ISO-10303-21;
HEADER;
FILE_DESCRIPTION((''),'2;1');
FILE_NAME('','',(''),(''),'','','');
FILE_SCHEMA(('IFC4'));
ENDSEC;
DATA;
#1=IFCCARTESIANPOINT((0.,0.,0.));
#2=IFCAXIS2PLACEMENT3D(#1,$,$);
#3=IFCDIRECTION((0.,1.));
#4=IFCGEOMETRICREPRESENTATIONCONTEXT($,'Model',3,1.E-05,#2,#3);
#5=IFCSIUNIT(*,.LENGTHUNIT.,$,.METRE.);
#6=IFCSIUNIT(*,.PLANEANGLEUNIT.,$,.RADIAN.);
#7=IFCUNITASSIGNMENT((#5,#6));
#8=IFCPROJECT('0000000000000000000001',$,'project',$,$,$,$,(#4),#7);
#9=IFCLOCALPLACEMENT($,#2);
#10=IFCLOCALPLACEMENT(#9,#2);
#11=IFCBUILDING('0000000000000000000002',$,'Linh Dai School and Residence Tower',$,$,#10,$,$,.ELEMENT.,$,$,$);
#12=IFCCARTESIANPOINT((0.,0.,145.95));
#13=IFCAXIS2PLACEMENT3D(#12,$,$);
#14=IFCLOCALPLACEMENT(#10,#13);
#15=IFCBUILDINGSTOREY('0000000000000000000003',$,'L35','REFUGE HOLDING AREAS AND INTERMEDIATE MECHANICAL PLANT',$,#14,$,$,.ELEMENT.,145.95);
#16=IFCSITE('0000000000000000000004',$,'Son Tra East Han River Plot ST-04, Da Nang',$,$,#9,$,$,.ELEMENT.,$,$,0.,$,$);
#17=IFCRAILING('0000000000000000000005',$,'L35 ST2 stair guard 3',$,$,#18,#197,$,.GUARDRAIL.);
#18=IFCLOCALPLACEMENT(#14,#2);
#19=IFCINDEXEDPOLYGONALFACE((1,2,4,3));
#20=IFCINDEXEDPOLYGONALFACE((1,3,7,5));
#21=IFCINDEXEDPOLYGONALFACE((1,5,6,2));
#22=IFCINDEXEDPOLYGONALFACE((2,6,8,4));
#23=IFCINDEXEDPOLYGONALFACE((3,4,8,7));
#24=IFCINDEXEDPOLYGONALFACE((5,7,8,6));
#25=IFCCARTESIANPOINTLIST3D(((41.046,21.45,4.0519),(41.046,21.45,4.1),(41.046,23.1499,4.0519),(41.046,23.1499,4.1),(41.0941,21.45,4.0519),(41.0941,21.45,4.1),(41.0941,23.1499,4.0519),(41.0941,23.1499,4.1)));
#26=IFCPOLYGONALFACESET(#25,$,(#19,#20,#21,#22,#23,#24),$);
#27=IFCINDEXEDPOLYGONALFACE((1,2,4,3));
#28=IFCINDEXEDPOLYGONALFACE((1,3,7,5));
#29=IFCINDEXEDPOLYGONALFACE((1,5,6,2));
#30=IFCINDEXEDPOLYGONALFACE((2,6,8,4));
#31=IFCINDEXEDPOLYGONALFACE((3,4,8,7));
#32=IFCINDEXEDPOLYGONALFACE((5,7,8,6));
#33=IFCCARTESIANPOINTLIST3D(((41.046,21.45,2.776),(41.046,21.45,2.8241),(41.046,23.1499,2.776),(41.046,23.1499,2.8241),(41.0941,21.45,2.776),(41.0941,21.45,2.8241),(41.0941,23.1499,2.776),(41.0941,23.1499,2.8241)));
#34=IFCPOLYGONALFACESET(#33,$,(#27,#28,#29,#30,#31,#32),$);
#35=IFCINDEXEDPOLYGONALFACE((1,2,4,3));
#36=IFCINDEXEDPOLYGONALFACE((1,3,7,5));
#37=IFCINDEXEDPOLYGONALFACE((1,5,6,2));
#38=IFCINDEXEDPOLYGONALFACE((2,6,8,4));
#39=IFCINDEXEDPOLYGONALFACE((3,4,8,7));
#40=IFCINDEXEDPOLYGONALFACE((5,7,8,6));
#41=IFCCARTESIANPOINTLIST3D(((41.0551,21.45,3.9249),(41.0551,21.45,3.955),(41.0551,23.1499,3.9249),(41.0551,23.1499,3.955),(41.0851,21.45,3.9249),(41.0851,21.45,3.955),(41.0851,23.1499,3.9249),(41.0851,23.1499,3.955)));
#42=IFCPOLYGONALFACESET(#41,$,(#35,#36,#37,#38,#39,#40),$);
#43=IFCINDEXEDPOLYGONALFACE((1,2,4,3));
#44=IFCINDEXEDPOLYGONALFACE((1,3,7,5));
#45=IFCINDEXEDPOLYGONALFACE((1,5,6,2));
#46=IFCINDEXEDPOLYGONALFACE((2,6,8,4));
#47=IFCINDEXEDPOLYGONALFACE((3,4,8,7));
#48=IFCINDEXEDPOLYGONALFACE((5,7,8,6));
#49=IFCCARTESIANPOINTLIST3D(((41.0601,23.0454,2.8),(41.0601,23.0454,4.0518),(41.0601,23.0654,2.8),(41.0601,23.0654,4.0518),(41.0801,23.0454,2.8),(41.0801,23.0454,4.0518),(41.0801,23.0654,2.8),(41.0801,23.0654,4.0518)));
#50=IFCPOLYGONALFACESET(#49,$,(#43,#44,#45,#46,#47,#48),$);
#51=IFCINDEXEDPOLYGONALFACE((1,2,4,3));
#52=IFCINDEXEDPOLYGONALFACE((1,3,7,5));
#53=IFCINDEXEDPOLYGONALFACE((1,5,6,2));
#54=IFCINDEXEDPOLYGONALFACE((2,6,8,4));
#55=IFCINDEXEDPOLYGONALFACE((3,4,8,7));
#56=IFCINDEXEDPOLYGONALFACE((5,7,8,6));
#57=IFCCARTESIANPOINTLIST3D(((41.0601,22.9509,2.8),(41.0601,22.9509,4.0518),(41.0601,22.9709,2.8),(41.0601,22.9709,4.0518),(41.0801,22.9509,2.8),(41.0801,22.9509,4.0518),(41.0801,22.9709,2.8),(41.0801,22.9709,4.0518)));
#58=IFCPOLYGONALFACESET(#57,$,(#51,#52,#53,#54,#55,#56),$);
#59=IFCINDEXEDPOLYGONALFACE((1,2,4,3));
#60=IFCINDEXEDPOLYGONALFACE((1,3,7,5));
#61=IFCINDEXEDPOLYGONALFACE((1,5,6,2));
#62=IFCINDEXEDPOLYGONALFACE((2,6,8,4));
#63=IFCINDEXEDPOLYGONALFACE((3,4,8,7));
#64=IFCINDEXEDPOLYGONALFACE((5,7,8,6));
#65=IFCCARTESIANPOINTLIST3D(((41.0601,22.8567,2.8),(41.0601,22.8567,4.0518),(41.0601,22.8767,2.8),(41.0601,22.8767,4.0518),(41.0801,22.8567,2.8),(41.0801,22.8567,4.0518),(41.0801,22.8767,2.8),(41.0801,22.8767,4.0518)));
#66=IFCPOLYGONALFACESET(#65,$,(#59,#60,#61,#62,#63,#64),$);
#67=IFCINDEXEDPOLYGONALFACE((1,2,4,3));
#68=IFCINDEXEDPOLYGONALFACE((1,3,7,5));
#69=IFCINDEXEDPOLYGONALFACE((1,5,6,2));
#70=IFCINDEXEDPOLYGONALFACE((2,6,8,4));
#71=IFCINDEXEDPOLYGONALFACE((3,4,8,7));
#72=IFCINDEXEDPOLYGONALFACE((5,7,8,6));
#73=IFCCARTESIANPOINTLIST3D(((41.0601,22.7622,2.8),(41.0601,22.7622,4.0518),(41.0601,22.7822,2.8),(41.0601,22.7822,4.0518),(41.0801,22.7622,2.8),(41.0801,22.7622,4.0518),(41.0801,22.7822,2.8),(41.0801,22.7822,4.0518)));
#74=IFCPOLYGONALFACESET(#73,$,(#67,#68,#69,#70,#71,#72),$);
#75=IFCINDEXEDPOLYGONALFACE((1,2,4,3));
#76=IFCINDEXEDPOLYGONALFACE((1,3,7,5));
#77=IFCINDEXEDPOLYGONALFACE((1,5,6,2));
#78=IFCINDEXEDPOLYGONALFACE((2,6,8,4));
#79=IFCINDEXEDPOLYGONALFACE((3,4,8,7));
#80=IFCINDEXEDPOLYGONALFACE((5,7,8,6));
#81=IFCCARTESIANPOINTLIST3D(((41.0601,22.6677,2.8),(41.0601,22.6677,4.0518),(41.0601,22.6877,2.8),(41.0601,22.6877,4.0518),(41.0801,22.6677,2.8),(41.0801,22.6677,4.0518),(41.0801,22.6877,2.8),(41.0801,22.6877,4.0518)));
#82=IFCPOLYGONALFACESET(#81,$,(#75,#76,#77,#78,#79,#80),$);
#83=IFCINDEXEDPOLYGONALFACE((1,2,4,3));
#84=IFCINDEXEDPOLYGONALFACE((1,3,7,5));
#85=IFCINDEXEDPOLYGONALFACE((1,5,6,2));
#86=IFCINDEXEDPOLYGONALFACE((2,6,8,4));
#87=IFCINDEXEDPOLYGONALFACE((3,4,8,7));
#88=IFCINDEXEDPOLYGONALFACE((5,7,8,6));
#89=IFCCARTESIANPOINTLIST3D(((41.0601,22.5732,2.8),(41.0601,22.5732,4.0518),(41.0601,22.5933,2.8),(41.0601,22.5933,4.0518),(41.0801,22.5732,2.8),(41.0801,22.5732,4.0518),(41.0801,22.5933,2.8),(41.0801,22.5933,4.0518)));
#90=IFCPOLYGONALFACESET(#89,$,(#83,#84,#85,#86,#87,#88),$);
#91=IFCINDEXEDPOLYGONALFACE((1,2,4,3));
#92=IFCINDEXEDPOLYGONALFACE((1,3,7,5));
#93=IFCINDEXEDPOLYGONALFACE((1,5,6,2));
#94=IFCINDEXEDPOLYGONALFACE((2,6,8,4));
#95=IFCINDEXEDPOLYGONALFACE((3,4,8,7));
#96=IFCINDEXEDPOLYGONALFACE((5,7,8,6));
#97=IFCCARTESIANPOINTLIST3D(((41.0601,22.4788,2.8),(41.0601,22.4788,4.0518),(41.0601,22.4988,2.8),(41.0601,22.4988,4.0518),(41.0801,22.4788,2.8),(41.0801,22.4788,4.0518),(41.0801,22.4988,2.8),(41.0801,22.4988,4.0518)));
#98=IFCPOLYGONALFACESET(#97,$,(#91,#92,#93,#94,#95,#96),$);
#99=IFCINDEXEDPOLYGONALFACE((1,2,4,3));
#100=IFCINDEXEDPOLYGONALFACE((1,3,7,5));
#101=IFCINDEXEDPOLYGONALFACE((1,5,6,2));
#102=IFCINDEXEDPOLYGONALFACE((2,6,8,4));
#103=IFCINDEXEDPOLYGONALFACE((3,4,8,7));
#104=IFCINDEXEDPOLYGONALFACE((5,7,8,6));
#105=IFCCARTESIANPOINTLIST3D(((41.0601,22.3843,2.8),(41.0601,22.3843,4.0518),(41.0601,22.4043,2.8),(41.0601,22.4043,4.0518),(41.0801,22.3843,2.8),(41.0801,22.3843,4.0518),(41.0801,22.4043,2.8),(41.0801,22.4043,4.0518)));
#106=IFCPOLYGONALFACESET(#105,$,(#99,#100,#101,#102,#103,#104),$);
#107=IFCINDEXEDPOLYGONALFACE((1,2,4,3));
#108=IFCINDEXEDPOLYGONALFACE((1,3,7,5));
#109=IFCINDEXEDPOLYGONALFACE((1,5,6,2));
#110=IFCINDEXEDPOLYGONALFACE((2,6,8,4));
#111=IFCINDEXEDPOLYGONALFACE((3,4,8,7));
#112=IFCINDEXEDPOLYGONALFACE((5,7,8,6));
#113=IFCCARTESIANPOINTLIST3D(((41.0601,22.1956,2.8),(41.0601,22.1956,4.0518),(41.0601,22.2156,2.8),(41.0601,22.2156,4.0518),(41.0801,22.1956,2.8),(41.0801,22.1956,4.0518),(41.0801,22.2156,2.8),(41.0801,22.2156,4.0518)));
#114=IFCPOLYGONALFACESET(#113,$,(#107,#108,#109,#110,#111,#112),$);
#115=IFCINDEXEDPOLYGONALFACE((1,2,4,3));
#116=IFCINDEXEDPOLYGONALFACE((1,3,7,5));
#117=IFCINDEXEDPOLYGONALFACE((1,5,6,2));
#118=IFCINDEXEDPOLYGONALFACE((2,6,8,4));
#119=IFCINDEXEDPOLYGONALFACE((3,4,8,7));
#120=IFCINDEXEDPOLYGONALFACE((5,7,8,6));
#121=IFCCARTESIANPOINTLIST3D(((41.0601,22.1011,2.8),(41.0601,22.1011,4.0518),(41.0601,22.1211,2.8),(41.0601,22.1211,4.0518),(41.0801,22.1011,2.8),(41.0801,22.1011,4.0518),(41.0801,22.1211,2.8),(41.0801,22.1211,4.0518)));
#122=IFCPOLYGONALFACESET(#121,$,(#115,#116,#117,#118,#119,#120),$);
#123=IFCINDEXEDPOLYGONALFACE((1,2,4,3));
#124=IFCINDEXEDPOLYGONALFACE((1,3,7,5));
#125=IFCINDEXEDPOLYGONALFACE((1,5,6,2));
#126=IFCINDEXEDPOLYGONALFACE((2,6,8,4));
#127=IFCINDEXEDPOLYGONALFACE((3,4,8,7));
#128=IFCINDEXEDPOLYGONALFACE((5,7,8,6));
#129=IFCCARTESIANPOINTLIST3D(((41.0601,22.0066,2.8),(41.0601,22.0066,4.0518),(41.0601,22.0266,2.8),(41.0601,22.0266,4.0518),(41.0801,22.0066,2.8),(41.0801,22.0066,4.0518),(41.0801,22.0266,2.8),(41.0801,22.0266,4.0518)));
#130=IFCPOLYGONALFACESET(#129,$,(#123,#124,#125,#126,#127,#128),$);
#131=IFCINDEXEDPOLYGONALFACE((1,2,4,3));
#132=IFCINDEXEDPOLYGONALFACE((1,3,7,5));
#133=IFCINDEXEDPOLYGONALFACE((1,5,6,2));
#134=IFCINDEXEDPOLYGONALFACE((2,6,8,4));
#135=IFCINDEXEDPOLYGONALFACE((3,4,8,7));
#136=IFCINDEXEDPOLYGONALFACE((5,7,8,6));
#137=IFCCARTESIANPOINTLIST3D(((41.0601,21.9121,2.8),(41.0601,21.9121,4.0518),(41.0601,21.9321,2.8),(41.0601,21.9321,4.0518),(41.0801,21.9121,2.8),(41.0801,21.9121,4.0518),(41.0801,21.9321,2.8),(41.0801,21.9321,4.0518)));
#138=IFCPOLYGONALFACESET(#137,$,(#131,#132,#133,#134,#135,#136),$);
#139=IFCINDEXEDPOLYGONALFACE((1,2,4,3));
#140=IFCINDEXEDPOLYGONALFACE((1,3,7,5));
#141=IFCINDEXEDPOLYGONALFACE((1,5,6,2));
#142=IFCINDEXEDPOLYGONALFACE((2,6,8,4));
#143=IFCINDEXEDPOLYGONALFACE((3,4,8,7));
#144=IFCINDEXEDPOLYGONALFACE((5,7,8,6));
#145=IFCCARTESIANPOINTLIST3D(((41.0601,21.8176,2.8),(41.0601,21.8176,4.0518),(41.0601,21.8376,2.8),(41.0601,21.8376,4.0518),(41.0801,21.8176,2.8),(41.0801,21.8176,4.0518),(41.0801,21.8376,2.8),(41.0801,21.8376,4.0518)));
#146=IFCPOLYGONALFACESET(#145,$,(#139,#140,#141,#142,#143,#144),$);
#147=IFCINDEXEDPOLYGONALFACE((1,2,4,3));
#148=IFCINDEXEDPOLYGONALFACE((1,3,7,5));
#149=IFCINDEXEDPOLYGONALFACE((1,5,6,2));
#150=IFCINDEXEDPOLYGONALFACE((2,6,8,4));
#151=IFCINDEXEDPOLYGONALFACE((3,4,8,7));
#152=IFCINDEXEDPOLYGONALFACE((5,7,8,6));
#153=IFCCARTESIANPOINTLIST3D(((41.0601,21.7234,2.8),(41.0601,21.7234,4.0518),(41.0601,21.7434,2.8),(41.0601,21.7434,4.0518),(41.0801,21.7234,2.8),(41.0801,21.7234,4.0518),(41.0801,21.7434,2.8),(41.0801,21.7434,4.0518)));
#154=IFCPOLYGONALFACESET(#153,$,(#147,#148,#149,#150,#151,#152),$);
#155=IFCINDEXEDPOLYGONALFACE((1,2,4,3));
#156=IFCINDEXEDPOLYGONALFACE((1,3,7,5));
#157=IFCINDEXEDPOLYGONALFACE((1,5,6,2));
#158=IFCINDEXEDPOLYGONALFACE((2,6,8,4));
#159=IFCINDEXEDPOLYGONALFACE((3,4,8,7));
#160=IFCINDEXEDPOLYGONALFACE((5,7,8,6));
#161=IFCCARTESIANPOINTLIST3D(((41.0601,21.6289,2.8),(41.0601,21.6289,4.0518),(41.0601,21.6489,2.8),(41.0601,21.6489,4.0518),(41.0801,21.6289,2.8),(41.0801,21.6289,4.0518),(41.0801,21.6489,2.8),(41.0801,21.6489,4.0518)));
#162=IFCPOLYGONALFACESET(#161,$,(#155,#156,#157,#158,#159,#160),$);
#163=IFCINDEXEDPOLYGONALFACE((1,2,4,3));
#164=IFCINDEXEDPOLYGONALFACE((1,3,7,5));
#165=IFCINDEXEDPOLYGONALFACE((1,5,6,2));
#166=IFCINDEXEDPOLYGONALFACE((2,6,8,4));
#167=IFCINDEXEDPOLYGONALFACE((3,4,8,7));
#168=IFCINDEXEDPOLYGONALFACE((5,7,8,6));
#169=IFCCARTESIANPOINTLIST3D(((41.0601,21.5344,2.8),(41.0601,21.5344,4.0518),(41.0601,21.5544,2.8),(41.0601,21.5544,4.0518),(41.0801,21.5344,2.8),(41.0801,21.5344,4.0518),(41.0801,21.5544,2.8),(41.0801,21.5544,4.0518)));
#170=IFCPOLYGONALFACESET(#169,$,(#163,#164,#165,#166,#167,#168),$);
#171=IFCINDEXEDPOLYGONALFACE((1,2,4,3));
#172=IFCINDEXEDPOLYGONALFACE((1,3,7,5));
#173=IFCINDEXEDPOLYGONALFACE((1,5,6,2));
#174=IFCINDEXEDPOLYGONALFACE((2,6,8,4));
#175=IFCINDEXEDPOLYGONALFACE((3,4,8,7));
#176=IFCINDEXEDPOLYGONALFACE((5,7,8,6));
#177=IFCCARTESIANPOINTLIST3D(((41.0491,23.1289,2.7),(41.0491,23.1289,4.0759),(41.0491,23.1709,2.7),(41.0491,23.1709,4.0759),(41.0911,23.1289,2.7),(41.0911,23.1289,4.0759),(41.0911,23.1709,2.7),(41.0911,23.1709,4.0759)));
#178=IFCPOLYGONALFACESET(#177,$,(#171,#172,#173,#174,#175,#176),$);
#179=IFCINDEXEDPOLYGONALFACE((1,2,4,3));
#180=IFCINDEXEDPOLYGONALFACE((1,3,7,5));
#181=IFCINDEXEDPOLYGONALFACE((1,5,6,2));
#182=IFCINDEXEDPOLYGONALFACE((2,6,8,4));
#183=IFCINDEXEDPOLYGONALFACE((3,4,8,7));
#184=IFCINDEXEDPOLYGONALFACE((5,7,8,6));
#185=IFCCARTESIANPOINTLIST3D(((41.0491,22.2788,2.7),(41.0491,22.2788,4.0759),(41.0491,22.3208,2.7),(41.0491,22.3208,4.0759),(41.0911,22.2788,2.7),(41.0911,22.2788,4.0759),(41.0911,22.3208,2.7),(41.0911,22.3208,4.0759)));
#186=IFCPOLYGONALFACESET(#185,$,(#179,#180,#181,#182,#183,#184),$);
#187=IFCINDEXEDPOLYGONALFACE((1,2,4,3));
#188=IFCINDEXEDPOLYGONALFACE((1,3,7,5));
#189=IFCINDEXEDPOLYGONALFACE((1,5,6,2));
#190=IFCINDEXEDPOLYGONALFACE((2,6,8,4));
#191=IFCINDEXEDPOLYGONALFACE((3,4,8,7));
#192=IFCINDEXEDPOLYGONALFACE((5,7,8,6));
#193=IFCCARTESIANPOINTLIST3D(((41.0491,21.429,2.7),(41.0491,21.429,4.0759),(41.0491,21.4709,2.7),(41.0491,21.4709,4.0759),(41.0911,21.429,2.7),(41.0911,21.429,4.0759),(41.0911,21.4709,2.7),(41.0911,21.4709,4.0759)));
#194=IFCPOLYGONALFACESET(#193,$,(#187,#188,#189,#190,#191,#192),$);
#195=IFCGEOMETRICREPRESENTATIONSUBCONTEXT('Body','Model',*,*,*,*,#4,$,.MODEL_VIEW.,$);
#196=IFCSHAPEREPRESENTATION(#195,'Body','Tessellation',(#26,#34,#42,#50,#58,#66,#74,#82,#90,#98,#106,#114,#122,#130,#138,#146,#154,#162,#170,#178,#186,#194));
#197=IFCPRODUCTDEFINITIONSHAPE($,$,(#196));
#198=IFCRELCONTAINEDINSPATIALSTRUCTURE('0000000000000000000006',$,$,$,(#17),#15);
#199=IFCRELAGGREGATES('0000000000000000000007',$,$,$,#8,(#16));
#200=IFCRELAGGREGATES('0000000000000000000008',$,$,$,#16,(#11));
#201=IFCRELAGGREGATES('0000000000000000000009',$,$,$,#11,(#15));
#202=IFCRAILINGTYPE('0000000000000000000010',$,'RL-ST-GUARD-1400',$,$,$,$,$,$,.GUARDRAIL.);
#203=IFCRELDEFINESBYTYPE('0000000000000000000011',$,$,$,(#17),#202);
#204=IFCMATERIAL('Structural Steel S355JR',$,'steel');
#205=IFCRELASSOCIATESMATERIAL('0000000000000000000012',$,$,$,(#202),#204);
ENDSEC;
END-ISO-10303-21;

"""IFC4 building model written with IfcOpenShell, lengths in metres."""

from ifc_helpers import new_model, si_unit, direction, frame, origin, origin_2d, place, context, subcontext, project, spatial, rectangle, extrude, source, transform, mapped, material, type_object, element, save


model = new_model("IFC4")

# Units and contexts
model_context = context("Model", 3, precision=1e-05, world=origin(), true_north=direction((0.0, 1.0)))
body_context = subcontext(model_context, "Body", "Model", "MODEL_VIEW")
ifc_project = project(units=[si_unit("LENGTHUNIT", "METRE"), si_unit("PLANEANGLEUNIT", "RADIAN")], contexts=[model_context])

# Site, building, storey
site_placement = place(None, origin())
site = spatial("IfcSite", under=ifc_project, at=site_placement, Name="Son Tra East Han River Plot ST-04, Da Nang", CompositionType="ELEMENT", RefElevation=0.0)
building_placement = place(site_placement, origin())
building = spatial("IfcBuilding", under=site, at=building_placement, Name="Linh Dai School and Residence Tower", CompositionType="ELEMENT")
storey_placement = place(building_placement, frame((0.0, 0.0, 145.95)))
storey = spatial("IfcBuildingStorey", under=building, at=storey_placement, Name="L35", Description="REFUGE HOLDING AREAS AND INTERMEDIATE MECHANICAL PLANT", CompositionType="ELEMENT", Elevation=145.95)

# Shared definitions
ifc_material_1 = material(Name="Structural Steel S355JR", Category="steel")

# Railing
railing_type = type_object("IfcRailingType", Name="RL-ST-GUARD-1400", PredefinedType="GUARDRAIL", material=ifc_material_1)
shared_shape_1 = source(origin(), body_context, "Body", "SweptSolid", [
    extrude(rectangle(XDim=0.0481, YDim=0.0481, at=origin_2d()), frame((0.0, 0.0, 1.376), z_axis=(0.0, -1.0, 0.0), x_axis=(1.0, 0.0, 0.0)), (0.0, 0.0, 1.0), 1.7),
    extrude(rectangle(XDim=0.0481, YDim=0.0481, at=origin_2d()), frame((0.0, 0.0, 0.1001), z_axis=(0.0, -1.0, 0.0), x_axis=(1.0, 0.0, 0.0)), (0.0, 0.0, 1.0), 1.7),
    extrude(rectangle(XDim=0.03, YDim=0.03, at=origin_2d()), frame((0.0, 0.0, 1.24), z_axis=(0.0, -1.0, 0.0), x_axis=(1.0, 0.0, 0.0)), (0.0, 0.0, 1.0), 1.7),
    extrude(rectangle(XDim=0.02, YDim=0.02, at=origin_2d()), frame((0.0, -0.0945, 0.1001)), (0.0, 0.0, 1.0), 1.2517),
    extrude(rectangle(XDim=0.02, YDim=0.02, at=origin_2d()), frame((0.0, -0.189, 0.1001)), (0.0, 0.0, 1.0), 1.2517),
    extrude(rectangle(XDim=0.02, YDim=0.02, at=origin_2d()), frame((0.0, -0.2832, 0.1001)), (0.0, 0.0, 1.0), 1.2517),
    extrude(rectangle(XDim=0.02, YDim=0.02, at=origin_2d()), frame((0.0, -0.3777, 0.1001)), (0.0, 0.0, 1.0), 1.2517),
    extrude(rectangle(XDim=0.02, YDim=0.02, at=origin_2d()), frame((0.0, -0.4722, 0.1001)), (0.0, 0.0, 1.0), 1.2517),
    extrude(rectangle(XDim=0.02, YDim=0.02, at=origin_2d()), frame((0.0, -0.5667, 0.1001)), (0.0, 0.0, 1.0), 1.2517),
    extrude(rectangle(XDim=0.02, YDim=0.02, at=origin_2d()), frame((0.0, -0.6611, 0.1001)), (0.0, 0.0, 1.0), 1.2517),
    extrude(rectangle(XDim=0.02, YDim=0.02, at=origin_2d()), frame((0.0, -0.7556, 0.1001)), (0.0, 0.0, 1.0), 1.2517),
    extrude(rectangle(XDim=0.02, YDim=0.02, at=origin_2d()), frame((0.0, -0.9443, 0.1001)), (0.0, 0.0, 1.0), 1.2517),
    extrude(rectangle(XDim=0.02, YDim=0.02, at=origin_2d()), frame((0.0, -1.0388, 0.1001)), (0.0, 0.0, 1.0), 1.2517),
    extrude(rectangle(XDim=0.02, YDim=0.02, at=origin_2d()), frame((0.0, -1.1333, 0.1001)), (0.0, 0.0, 1.0), 1.2517),
    extrude(rectangle(XDim=0.02, YDim=0.02, at=origin_2d()), frame((0.0, -1.2278, 0.1001)), (0.0, 0.0, 1.0), 1.2517),
    extrude(rectangle(XDim=0.02, YDim=0.02, at=origin_2d()), frame((0.0, -1.3223, 0.1001)), (0.0, 0.0, 1.0), 1.2517),
    extrude(rectangle(XDim=0.02, YDim=0.02, at=origin_2d()), frame((0.0, -1.4165, 0.1001)), (0.0, 0.0, 1.0), 1.2517),
    extrude(rectangle(XDim=0.02, YDim=0.02, at=origin_2d()), frame((0.0, -1.511, 0.1001)), (0.0, 0.0, 1.0), 1.2517),
    extrude(rectangle(XDim=0.02, YDim=0.02, at=origin_2d()), frame((0.0, -1.6055, 0.1001)), (0.0, 0.0, 1.0), 1.2517),
    extrude(rectangle(XDim=0.042, YDim=0.042, at=origin_2d()), origin(), (0.0, 0.0, 1.0), 1.376),
    extrude(rectangle(XDim=0.042, YDim=0.042, at=origin_2d()), frame((0.0, -0.8501, 0.0)), (0.0, 0.0, 1.0), 1.376),
    extrude(rectangle(XDim=0.042, YDim=0.042, at=origin_2d()), frame((0.0, -1.7, 0.0)), (0.0, 0.0, 1.0), 1.376),
])
for number, where, name in (
    (1, (41.0701, 23.1499, 2.7), "L35 ST2 stair guard 3"),
):
    element("IfcRailing", number, at=place(storey_placement, frame(where)), inside=storey, type_object=railing_type, Name=name, PredefinedType="GUARDRAIL", context=body_context, shape_type="MappedRepresentation", body=[
        mapped(shared_shape_1, transform((0.0, 0.0, 0.0), x_axis=(1.0, 0.0, 0.0), y_axis=(0.0, 1.0, 0.0), z_axis=(0.0, 0.0, 1.0), scale=1.0)),
    ])

save(model, "model.ifc")
